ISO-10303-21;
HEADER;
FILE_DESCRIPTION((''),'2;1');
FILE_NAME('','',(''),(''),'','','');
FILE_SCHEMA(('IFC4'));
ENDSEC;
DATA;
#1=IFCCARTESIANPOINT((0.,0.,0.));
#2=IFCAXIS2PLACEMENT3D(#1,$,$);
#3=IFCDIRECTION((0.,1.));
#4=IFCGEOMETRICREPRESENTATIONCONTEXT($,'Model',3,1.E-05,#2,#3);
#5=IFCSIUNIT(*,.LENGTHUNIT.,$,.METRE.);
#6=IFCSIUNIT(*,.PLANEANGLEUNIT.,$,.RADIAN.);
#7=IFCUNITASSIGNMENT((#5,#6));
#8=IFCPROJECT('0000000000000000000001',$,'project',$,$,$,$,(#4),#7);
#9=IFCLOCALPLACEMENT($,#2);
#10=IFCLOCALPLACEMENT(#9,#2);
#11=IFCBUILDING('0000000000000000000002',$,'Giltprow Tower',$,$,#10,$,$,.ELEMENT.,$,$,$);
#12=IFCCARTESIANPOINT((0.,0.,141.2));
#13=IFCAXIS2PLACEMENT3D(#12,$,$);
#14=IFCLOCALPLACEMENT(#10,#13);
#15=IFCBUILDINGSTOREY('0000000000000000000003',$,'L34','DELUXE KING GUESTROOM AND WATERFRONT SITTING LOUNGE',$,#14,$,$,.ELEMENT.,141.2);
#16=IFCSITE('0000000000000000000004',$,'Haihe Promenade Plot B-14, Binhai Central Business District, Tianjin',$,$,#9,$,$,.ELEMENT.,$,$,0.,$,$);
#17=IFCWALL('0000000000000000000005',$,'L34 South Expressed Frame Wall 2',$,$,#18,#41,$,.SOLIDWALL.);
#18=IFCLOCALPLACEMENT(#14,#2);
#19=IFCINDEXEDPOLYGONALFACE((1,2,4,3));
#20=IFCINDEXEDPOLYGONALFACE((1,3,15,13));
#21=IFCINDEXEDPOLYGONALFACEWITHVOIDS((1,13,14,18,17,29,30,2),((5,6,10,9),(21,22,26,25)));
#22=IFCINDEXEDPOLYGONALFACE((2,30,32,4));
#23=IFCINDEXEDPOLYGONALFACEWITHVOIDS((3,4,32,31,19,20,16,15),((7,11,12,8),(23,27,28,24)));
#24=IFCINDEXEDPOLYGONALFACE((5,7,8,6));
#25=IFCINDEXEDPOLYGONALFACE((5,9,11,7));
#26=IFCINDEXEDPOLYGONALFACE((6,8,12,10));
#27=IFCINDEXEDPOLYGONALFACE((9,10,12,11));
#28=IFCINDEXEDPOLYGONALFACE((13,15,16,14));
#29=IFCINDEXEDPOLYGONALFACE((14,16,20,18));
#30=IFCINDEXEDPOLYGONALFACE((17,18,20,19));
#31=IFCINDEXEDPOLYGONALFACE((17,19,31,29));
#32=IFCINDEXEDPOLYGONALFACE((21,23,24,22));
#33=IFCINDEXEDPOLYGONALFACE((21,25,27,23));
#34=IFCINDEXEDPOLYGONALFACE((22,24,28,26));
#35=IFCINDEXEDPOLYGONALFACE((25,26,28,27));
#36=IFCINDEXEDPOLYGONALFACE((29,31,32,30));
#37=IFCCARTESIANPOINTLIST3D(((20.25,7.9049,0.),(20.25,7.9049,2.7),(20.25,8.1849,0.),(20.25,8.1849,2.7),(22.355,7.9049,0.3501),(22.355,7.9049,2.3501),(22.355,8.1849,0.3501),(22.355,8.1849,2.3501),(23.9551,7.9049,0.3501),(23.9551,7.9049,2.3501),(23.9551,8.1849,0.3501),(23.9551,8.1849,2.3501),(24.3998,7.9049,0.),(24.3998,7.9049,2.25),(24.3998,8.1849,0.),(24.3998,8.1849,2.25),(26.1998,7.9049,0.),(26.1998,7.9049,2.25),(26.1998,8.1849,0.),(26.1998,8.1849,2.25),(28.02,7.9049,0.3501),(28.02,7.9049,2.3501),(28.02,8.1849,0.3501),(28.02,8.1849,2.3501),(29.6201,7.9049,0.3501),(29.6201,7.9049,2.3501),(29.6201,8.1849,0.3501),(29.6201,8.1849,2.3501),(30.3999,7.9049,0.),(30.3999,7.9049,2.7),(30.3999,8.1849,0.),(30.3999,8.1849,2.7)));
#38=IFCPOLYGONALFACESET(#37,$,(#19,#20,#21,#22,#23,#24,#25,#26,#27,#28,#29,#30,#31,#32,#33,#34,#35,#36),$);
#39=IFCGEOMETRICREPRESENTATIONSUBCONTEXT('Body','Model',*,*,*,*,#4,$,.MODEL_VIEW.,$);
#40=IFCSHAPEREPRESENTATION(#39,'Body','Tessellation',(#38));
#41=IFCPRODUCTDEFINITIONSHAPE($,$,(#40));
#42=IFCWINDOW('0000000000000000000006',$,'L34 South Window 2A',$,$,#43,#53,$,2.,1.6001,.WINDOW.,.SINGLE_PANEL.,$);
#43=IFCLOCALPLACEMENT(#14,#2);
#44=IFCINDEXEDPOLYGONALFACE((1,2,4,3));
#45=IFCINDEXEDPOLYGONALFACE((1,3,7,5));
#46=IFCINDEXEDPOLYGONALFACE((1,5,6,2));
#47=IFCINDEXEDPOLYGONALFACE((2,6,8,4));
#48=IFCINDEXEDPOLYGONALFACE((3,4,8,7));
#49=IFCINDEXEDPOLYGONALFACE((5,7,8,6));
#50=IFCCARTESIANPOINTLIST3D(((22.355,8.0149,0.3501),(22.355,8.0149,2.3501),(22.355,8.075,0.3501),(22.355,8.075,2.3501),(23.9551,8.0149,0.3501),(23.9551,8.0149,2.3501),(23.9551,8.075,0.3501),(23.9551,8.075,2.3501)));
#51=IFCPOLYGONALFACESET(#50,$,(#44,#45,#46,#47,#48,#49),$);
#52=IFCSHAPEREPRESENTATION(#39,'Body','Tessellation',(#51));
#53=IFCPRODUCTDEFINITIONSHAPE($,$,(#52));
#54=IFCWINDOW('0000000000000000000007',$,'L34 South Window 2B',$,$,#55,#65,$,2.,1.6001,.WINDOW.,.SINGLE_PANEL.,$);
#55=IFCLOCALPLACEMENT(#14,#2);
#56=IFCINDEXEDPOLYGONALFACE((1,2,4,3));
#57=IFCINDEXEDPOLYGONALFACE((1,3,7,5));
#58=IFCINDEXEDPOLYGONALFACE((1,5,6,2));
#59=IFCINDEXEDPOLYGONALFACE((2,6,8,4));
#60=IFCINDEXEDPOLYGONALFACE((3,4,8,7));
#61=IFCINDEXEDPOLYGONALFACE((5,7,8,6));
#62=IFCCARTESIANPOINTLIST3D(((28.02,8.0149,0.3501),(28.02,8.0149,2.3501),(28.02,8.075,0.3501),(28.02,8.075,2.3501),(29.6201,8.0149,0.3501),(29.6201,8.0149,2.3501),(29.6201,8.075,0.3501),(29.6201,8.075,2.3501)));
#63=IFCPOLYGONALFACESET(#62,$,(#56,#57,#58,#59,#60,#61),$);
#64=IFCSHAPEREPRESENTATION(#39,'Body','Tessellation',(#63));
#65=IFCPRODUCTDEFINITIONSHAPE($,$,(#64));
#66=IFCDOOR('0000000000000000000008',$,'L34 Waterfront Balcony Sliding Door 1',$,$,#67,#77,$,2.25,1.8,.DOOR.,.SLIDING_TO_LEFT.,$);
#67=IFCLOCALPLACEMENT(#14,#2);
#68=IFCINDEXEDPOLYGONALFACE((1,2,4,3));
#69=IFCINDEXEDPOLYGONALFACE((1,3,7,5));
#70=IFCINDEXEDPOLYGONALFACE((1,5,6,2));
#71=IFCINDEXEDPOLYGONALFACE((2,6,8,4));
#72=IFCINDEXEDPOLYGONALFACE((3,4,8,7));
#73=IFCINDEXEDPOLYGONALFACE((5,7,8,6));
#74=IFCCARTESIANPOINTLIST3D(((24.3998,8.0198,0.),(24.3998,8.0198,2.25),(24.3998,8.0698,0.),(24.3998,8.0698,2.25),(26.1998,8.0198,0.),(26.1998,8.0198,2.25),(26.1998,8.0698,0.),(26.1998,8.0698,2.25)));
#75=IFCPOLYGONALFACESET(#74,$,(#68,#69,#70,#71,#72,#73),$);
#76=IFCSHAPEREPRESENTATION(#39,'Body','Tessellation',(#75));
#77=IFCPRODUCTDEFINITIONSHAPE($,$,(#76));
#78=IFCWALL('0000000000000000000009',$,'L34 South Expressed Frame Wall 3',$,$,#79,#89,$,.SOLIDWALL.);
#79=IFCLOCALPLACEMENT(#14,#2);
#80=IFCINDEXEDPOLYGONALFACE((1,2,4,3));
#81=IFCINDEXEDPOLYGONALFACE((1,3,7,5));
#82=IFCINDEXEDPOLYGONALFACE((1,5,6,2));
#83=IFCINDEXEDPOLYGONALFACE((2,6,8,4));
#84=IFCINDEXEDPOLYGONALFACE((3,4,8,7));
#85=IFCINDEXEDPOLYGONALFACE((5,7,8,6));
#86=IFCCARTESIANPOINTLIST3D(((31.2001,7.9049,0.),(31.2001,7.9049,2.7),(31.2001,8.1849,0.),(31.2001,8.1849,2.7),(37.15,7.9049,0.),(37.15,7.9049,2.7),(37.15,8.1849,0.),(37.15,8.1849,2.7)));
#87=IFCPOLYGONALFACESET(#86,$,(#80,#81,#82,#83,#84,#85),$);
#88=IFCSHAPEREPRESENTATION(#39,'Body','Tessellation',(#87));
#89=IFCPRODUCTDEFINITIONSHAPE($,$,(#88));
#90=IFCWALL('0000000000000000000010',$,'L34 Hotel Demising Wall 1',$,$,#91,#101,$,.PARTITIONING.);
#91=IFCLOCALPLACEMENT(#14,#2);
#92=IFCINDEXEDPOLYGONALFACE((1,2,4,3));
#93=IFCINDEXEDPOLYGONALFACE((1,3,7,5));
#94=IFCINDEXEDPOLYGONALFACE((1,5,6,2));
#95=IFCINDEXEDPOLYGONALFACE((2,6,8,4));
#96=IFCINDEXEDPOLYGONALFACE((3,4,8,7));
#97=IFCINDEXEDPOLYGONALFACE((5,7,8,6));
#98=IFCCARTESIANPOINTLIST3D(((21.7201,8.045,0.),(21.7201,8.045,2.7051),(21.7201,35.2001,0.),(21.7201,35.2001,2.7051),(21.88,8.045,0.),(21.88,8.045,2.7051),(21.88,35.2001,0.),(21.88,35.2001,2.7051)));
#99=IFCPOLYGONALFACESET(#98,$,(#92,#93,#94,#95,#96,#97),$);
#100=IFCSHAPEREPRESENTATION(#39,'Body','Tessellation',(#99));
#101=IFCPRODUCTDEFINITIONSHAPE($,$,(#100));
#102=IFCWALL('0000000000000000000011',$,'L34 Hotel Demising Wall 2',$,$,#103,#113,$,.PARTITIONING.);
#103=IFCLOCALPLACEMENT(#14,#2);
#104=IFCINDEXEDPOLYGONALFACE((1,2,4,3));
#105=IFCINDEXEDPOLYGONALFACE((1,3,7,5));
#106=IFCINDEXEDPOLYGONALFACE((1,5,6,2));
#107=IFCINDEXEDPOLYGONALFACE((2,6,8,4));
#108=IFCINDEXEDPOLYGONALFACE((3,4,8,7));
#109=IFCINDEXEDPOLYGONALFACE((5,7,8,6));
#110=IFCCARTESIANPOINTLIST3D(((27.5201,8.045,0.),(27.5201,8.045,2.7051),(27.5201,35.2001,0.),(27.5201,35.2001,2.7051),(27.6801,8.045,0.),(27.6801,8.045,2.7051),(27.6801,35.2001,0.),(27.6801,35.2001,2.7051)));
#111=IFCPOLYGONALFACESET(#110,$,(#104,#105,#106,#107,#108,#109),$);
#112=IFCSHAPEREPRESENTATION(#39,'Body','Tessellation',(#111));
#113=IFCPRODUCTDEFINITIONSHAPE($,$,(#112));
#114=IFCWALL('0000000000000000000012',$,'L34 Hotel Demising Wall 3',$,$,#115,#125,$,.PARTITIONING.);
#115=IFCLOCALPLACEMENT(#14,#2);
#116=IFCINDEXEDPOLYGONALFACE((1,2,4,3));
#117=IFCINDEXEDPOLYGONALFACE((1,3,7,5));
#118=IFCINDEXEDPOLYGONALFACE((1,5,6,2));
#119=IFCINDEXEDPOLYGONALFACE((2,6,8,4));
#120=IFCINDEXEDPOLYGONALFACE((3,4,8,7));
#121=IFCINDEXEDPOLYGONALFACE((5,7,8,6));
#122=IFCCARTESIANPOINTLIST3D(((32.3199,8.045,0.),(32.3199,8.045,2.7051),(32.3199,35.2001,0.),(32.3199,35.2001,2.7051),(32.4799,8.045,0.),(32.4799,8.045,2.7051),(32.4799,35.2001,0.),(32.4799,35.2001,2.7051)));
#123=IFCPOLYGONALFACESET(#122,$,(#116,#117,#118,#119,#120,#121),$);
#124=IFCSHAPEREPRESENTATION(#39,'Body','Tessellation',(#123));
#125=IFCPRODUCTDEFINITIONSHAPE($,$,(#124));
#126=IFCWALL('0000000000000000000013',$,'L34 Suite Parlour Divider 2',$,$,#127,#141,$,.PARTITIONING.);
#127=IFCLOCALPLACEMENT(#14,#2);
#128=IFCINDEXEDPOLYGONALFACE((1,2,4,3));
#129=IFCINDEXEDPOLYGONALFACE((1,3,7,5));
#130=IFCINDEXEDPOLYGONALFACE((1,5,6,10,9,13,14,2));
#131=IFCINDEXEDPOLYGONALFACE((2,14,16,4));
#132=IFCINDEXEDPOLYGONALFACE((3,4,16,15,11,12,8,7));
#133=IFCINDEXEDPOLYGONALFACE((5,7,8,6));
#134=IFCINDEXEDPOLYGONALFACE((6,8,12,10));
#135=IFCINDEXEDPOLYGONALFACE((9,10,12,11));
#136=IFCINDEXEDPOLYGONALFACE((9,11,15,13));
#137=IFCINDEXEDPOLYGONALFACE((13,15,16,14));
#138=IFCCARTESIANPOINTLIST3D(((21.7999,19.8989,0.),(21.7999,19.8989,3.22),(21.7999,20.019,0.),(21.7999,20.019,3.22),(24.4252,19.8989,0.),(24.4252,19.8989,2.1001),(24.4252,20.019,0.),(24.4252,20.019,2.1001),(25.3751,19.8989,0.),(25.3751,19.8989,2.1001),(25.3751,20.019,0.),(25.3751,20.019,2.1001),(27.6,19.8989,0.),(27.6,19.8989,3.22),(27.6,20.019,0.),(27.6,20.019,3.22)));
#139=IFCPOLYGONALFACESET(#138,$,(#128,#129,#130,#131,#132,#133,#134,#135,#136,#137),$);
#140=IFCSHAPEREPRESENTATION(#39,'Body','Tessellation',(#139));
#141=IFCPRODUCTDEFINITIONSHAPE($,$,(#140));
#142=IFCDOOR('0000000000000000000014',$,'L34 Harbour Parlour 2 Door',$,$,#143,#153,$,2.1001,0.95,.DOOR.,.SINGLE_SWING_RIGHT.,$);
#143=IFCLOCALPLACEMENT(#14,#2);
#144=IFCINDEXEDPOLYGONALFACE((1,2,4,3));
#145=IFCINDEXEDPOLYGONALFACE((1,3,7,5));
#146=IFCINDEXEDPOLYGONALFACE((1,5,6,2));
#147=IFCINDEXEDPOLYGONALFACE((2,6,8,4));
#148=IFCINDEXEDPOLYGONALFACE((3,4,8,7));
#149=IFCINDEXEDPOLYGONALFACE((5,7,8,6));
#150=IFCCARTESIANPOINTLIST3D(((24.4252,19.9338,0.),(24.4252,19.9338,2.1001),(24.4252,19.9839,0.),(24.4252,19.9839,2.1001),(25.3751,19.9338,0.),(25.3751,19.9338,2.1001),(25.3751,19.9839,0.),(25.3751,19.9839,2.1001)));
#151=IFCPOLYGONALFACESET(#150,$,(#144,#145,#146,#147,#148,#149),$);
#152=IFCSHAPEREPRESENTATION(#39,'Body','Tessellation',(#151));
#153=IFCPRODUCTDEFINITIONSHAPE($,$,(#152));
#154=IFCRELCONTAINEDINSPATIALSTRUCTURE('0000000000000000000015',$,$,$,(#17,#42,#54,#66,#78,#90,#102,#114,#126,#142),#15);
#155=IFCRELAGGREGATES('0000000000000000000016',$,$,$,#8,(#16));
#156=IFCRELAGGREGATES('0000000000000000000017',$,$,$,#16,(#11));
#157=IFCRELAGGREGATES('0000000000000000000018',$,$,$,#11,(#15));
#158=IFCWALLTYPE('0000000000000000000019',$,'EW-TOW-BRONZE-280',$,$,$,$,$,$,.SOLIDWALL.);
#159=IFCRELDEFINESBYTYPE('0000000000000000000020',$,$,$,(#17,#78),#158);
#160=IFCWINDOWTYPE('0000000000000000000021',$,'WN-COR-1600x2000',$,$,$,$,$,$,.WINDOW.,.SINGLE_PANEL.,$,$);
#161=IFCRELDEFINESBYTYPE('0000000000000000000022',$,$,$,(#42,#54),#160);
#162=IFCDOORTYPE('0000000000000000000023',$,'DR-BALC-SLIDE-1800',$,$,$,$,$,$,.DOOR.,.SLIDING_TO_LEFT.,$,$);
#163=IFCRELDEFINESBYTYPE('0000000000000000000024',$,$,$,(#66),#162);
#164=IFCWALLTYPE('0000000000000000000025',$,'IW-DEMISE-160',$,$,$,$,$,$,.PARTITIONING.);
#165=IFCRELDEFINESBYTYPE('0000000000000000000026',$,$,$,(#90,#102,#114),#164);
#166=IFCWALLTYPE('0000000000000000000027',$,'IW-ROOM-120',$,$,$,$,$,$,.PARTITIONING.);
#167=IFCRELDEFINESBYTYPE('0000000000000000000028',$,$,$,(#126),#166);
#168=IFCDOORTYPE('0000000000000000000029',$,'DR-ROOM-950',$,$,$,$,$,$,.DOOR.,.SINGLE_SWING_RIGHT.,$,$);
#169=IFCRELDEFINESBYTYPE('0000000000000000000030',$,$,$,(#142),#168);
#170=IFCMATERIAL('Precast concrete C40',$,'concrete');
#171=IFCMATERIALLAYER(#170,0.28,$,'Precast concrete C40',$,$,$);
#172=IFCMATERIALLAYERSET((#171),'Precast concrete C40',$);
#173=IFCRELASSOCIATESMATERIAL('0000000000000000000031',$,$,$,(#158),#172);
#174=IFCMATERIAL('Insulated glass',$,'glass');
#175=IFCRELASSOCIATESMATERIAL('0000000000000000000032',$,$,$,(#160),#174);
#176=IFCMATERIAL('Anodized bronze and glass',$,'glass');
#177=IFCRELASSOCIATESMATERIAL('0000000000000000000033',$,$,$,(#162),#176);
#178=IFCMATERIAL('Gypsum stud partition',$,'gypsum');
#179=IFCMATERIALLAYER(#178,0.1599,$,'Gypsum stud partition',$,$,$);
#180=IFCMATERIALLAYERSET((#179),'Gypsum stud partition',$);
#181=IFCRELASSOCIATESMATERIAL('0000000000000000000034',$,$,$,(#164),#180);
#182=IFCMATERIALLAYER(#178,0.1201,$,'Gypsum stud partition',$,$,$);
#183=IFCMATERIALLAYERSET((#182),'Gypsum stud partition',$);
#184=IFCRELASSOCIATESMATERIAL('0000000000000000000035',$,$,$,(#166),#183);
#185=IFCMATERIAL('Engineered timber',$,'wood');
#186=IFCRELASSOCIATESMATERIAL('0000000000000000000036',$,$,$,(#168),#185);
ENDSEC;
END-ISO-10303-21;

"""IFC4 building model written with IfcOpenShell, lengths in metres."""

from ifc_helpers import new_model, si_unit, direction, frame, frame_2d, origin, place, context, subcontext, project, spatial, rectangle, extrude, source, transform, mapped, material, layer, layer_set, type_object, element, fill, save


model = new_model("IFC4")

# Units and contexts
model_context = context("Model", 3, precision=1e-05, world=origin(), true_north=direction((0.0, 1.0)))
body_context = subcontext(model_context, "Body", "Model", "MODEL_VIEW")
ifc_project = project(units=[si_unit("LENGTHUNIT", "METRE"), si_unit("PLANEANGLEUNIT", "RADIAN")], contexts=[model_context])

# Site, building, storey
site_placement = place(None, origin())
site = spatial("IfcSite", under=ifc_project, at=site_placement, Name="Haihe Promenade Plot B-14, Binhai Central Business District, Tianjin", CompositionType="ELEMENT", RefElevation=0.0)
building_placement = place(site_placement, origin())
building = spatial("IfcBuilding", under=site, at=building_placement, Name="Giltprow Tower", CompositionType="ELEMENT")
storey_placement = place(building_placement, frame((0.0, 0.0, 141.2)))
storey = spatial("IfcBuildingStorey", under=building, at=storey_placement, Name="L34", Description="DELUXE KING GUESTROOM AND WATERFRONT SITTING LOUNGE", CompositionType="ELEMENT", Elevation=141.2)

# Wall, openings, windows, door
ifc_material_1 = material(Name="Precast concrete C40", Category="concrete")
ifc_layer_1 = layer(ifc_material_1, 0.28, Name="Precast concrete C40")
ifc_layer_set_1 = layer_set([ifc_layer_1], Name="Precast concrete C40")
wall_type_1 = type_object("IfcWallType", Name="EW-TOW-BRONZE-280", PredefinedType="SOLIDWALL", material=ifc_layer_set_1)
wall_1_placement = place(storey_placement, frame((20.25, 8.0449, 0.0), z_axis=(0.0, 0.0, 1.0), x_axis=(1.0, 0.0, 0.0)))
wall_1 = element("IfcWall", 1, at=wall_1_placement, inside=storey, type_object=wall_type_1, Name="L34 South Expressed Frame Wall 2", PredefinedType="SOLIDWALL", context=body_context, shape_type="SweptSolid", body=[
    extrude(rectangle(XDim=10.1499, YDim=0.28, at=frame_2d((5.075, 0.0))), origin(), (0.0, 0.0, 1.0), 2.7),
])
opening_1_placement = place(wall_1_placement, frame((4.1499, 0.0, 0.0)))
opening_1 = element("IfcOpeningElement", 2, at=opening_1_placement, cuts=wall_1, PredefinedType="OPENING", context=body_context, shape_type="SweptSolid", body=[
    extrude(rectangle(XDim=1.8, YDim=2.25, at=frame_2d((0.8999, 1.125))), frame((0.0, 0.1499, 0.0), z_axis=(0.0, -1.0, 0.0), x_axis=(1.0, 0.0, 0.0)), (0.0, 0.0, 1.0), 0.3),
])
opening_2_placement = place(wall_1_placement, frame((2.105, 0.0, 0.3501)))
opening_2 = element("IfcOpeningElement", 3, at=opening_2_placement, cuts=wall_1, PredefinedType="OPENING", context=body_context, shape_type="SweptSolid", body=[
    extrude(rectangle(XDim=1.6001, YDim=2.0, at=frame_2d((0.8, 1.0))), frame((0.0, 0.1499, 0.0), z_axis=(0.0, -1.0, 0.0), x_axis=(1.0, 0.0, 0.0)), (0.0, 0.0, 1.0), 0.3),
])
opening_3_placement = place(wall_1_placement, frame((7.77, 0.0, 0.3501)))
opening_3 = element("IfcOpeningElement", 4, at=opening_3_placement, cuts=wall_1, PredefinedType="OPENING", context=body_context, shape_type="SweptSolid", body=[
    extrude(rectangle(XDim=1.6001, YDim=2.0, at=frame_2d((0.8, 1.0))), frame((0.0, 0.1499, 0.0), z_axis=(0.0, -1.0, 0.0), x_axis=(1.0, 0.0, 0.0)), (0.0, 0.0, 1.0), 0.3),
])
ifc_material_2 = material(Name="Insulated glass", Category="glass")
window_type = type_object("IfcWindowType", Name="WN-COR-1600x2000", PartitioningType="SINGLE_PANEL", PredefinedType="WINDOW", material=ifc_material_2)
shared_shape_1 = source(origin(), body_context, "Body", "SweptSolid", [
    extrude(rectangle(XDim=1.6001, YDim=2.0, at=frame_2d((0.8, 1.0))), frame((0.0, 0.03, 0.0), z_axis=(0.0, -1.0, 0.0), x_axis=(1.0, 0.0, 0.0)), (0.0, 0.0, 1.0), 0.0601),
])
window_1_placement = place(opening_2_placement, origin())
window_1 = element("IfcWindow", 5, at=window_1_placement, inside=storey, type_object=window_type, Name="L34 South Window 2A", OverallHeight=2.0, OverallWidth=1.6001, PartitioningType="SINGLE_PANEL", PredefinedType="WINDOW", context=body_context, shape_type="MappedRepresentation", body=[
    mapped(shared_shape_1, transform((0.0, 0.0, 0.0), x_axis=(1.0, 0.0, 0.0), y_axis=(0.0, 1.0, 0.0), z_axis=(0.0, 0.0, 1.0), scale=1.0)),
])
fill(opening_2, window_1)
window_2_placement = place(opening_3_placement, origin())
window_2 = element("IfcWindow", 6, at=window_2_placement, inside=storey, type_object=window_type, Name="L34 South Window 2B", OverallHeight=2.0, OverallWidth=1.6001, PartitioningType="SINGLE_PANEL", PredefinedType="WINDOW", context=body_context, shape_type="MappedRepresentation", body=[
    mapped(shared_shape_1, transform((0.0, 0.0, 0.0), x_axis=(1.0, 0.0, 0.0), y_axis=(0.0, 1.0, 0.0), z_axis=(0.0, 0.0, 1.0), scale=1.0)),
])
fill(opening_3, window_2)
ifc_material_3 = material(Name="Anodized bronze and glass", Category="glass")
door_type_1 = type_object("IfcDoorType", Name="DR-BALC-SLIDE-1800", OperationType="SLIDING_TO_LEFT", PredefinedType="DOOR", material=ifc_material_3)
shared_shape_2 = source(origin(), body_context, "Body", "SweptSolid", [
    extrude(rectangle(XDim=1.8, YDim=2.25, at=frame_2d((0.8999, 1.125))), frame((0.0, 0.0249, 0.0), z_axis=(0.0, -1.0, 0.0), x_axis=(1.0, 0.0, 0.0)), (0.0, 0.0, 1.0), 0.05),
])
door_1_placement = place(opening_1_placement, origin())
door_1 = element("IfcDoor", 7, at=door_1_placement, inside=storey, type_object=door_type_1, Name="L34 Waterfront Balcony Sliding Door 1", OperationType="SLIDING_TO_LEFT", OverallHeight=2.25, OverallWidth=1.8, PredefinedType="DOOR", context=body_context, shape_type="MappedRepresentation", body=[
    mapped(shared_shape_2, transform((0.0, 0.0, 0.0), x_axis=(1.0, 0.0, 0.0), y_axis=(0.0, 1.0, 0.0), z_axis=(0.0, 0.0, 1.0), scale=1.0)),
])
fill(opening_1, door_1)

# Walls
wall_2_placement = place(storey_placement, frame((31.2, 8.0449, 0.0), z_axis=(0.0, 0.0, 1.0), x_axis=(1.0, 0.0, 0.0)))
element("IfcWall", 8, at=wall_2_placement, inside=storey, type_object=wall_type_1, Name="L34 South Expressed Frame Wall 3", PredefinedType="SOLIDWALL", context=body_context, shape_type="SweptSolid", body=[
    extrude(rectangle(XDim=5.95, YDim=0.28, at=frame_2d((2.9751, 0.0))), origin(), (0.0, 0.0, 1.0), 2.7),
])
ifc_material_4 = material(Name="Gypsum stud partition", Category="gypsum")
ifc_layer_2 = layer(ifc_material_4, 0.1599, Name="Gypsum stud partition")
ifc_layer_set_2 = layer_set([ifc_layer_2], Name="Gypsum stud partition")
wall_type_2 = type_object("IfcWallType", Name="IW-DEMISE-160", PredefinedType="PARTITIONING", material=ifc_layer_set_2)
for number, where, z_axis, x_axis, name in (
    (9, (21.8, 8.0449, 0.0), (0.0, 0.0, 1.0), (0.0, 1.0, 0.0), "L34 Hotel Demising Wall 1"),
    (10, (27.6001, 8.0449, 0.0), (0.0, 0.0, 1.0), (0.0, 1.0, 0.0), "L34 Hotel Demising Wall 2"),
    (11, (32.3999, 8.0449, 0.0), (0.0, 0.0, 1.0), (0.0, 1.0, 0.0), "L34 Hotel Demising Wall 3"),
):
    element("IfcWall", number, at=place(storey_placement, frame(where, z_axis=z_axis, x_axis=x_axis)), inside=storey, type_object=wall_type_2, Name=name, PredefinedType="PARTITIONING", context=body_context, shape_type="SweptSolid", body=[
        extrude(rectangle(XDim=27.155, YDim=0.1599, at=frame_2d((13.5776, 0.0))), origin(), (0.0, 0.0, 1.0), 2.7051),
    ])

# Wall, opening, door
ifc_layer_3 = layer(ifc_material_4, 0.1201, Name="Gypsum stud partition")
ifc_layer_set_3 = layer_set([ifc_layer_3], Name="Gypsum stud partition")
wall_type_3 = type_object("IfcWallType", Name="IW-ROOM-120", PredefinedType="PARTITIONING", material=ifc_layer_set_3)
wall_3_placement = place(storey_placement, frame((21.8, 19.959, 0.0), z_axis=(0.0, 0.0, 1.0), x_axis=(1.0, 0.0, 0.0)))
wall_3 = element("IfcWall", 12, at=wall_3_placement, inside=storey, type_object=wall_type_3, Name="L34 Suite Parlour Divider 2", PredefinedType="PARTITIONING", context=body_context, shape_type="SweptSolid", body=[
    extrude(rectangle(XDim=5.8, YDim=0.1201, at=frame_2d((2.8999, 0.0))), origin(), (0.0, 0.0, 1.0), 3.22),
])
opening_4_placement = place(wall_3_placement, frame((2.625, 0.0, 0.0)))
opening_4 = element("IfcOpeningElement", 13, at=opening_4_placement, cuts=wall_3, PredefinedType="OPENING", context=body_context, shape_type="SweptSolid", body=[
    extrude(rectangle(XDim=0.95, YDim=2.1001, at=frame_2d((0.4751, 1.05))), frame((0.0, 0.0701, 0.0), z_axis=(0.0, -1.0, 0.0), x_axis=(1.0, 0.0, 0.0)), (0.0, 0.0, 1.0), 0.1401),
])
ifc_material_5 = material(Name="Engineered timber", Category="wood")
door_type_2 = type_object("IfcDoorType", Name="DR-ROOM-950", OperationType="SINGLE_SWING_RIGHT", PredefinedType="DOOR", material=ifc_material_5)
shared_shape_3 = source(origin(), body_context, "Body", "SweptSolid", [
    extrude(rectangle(XDim=0.95, YDim=2.1001, at=frame_2d((0.4751, 1.05))), frame((0.0, 0.0249, 0.0), z_axis=(0.0, -1.0, 0.0), x_axis=(1.0, 0.0, 0.0)), (0.0, 0.0, 1.0), 0.05),
])
door_2_placement = place(opening_4_placement, origin())
door_2 = element("IfcDoor", 14, at=door_2_placement, inside=storey, type_object=door_type_2, Name="L34 Harbour Parlour 2 Door", OperationType="SINGLE_SWING_RIGHT", OverallHeight=2.1001, OverallWidth=0.95, PredefinedType="DOOR", context=body_context, shape_type="MappedRepresentation", body=[
    mapped(shared_shape_3, transform((0.0, 0.0, 0.0), x_axis=(1.0, 0.0, 0.0), y_axis=(0.0, 1.0, 0.0), z_axis=(0.0, 0.0, 1.0), scale=1.0)),
])
fill(opening_4, door_2)

save(model, "model.ifc")
